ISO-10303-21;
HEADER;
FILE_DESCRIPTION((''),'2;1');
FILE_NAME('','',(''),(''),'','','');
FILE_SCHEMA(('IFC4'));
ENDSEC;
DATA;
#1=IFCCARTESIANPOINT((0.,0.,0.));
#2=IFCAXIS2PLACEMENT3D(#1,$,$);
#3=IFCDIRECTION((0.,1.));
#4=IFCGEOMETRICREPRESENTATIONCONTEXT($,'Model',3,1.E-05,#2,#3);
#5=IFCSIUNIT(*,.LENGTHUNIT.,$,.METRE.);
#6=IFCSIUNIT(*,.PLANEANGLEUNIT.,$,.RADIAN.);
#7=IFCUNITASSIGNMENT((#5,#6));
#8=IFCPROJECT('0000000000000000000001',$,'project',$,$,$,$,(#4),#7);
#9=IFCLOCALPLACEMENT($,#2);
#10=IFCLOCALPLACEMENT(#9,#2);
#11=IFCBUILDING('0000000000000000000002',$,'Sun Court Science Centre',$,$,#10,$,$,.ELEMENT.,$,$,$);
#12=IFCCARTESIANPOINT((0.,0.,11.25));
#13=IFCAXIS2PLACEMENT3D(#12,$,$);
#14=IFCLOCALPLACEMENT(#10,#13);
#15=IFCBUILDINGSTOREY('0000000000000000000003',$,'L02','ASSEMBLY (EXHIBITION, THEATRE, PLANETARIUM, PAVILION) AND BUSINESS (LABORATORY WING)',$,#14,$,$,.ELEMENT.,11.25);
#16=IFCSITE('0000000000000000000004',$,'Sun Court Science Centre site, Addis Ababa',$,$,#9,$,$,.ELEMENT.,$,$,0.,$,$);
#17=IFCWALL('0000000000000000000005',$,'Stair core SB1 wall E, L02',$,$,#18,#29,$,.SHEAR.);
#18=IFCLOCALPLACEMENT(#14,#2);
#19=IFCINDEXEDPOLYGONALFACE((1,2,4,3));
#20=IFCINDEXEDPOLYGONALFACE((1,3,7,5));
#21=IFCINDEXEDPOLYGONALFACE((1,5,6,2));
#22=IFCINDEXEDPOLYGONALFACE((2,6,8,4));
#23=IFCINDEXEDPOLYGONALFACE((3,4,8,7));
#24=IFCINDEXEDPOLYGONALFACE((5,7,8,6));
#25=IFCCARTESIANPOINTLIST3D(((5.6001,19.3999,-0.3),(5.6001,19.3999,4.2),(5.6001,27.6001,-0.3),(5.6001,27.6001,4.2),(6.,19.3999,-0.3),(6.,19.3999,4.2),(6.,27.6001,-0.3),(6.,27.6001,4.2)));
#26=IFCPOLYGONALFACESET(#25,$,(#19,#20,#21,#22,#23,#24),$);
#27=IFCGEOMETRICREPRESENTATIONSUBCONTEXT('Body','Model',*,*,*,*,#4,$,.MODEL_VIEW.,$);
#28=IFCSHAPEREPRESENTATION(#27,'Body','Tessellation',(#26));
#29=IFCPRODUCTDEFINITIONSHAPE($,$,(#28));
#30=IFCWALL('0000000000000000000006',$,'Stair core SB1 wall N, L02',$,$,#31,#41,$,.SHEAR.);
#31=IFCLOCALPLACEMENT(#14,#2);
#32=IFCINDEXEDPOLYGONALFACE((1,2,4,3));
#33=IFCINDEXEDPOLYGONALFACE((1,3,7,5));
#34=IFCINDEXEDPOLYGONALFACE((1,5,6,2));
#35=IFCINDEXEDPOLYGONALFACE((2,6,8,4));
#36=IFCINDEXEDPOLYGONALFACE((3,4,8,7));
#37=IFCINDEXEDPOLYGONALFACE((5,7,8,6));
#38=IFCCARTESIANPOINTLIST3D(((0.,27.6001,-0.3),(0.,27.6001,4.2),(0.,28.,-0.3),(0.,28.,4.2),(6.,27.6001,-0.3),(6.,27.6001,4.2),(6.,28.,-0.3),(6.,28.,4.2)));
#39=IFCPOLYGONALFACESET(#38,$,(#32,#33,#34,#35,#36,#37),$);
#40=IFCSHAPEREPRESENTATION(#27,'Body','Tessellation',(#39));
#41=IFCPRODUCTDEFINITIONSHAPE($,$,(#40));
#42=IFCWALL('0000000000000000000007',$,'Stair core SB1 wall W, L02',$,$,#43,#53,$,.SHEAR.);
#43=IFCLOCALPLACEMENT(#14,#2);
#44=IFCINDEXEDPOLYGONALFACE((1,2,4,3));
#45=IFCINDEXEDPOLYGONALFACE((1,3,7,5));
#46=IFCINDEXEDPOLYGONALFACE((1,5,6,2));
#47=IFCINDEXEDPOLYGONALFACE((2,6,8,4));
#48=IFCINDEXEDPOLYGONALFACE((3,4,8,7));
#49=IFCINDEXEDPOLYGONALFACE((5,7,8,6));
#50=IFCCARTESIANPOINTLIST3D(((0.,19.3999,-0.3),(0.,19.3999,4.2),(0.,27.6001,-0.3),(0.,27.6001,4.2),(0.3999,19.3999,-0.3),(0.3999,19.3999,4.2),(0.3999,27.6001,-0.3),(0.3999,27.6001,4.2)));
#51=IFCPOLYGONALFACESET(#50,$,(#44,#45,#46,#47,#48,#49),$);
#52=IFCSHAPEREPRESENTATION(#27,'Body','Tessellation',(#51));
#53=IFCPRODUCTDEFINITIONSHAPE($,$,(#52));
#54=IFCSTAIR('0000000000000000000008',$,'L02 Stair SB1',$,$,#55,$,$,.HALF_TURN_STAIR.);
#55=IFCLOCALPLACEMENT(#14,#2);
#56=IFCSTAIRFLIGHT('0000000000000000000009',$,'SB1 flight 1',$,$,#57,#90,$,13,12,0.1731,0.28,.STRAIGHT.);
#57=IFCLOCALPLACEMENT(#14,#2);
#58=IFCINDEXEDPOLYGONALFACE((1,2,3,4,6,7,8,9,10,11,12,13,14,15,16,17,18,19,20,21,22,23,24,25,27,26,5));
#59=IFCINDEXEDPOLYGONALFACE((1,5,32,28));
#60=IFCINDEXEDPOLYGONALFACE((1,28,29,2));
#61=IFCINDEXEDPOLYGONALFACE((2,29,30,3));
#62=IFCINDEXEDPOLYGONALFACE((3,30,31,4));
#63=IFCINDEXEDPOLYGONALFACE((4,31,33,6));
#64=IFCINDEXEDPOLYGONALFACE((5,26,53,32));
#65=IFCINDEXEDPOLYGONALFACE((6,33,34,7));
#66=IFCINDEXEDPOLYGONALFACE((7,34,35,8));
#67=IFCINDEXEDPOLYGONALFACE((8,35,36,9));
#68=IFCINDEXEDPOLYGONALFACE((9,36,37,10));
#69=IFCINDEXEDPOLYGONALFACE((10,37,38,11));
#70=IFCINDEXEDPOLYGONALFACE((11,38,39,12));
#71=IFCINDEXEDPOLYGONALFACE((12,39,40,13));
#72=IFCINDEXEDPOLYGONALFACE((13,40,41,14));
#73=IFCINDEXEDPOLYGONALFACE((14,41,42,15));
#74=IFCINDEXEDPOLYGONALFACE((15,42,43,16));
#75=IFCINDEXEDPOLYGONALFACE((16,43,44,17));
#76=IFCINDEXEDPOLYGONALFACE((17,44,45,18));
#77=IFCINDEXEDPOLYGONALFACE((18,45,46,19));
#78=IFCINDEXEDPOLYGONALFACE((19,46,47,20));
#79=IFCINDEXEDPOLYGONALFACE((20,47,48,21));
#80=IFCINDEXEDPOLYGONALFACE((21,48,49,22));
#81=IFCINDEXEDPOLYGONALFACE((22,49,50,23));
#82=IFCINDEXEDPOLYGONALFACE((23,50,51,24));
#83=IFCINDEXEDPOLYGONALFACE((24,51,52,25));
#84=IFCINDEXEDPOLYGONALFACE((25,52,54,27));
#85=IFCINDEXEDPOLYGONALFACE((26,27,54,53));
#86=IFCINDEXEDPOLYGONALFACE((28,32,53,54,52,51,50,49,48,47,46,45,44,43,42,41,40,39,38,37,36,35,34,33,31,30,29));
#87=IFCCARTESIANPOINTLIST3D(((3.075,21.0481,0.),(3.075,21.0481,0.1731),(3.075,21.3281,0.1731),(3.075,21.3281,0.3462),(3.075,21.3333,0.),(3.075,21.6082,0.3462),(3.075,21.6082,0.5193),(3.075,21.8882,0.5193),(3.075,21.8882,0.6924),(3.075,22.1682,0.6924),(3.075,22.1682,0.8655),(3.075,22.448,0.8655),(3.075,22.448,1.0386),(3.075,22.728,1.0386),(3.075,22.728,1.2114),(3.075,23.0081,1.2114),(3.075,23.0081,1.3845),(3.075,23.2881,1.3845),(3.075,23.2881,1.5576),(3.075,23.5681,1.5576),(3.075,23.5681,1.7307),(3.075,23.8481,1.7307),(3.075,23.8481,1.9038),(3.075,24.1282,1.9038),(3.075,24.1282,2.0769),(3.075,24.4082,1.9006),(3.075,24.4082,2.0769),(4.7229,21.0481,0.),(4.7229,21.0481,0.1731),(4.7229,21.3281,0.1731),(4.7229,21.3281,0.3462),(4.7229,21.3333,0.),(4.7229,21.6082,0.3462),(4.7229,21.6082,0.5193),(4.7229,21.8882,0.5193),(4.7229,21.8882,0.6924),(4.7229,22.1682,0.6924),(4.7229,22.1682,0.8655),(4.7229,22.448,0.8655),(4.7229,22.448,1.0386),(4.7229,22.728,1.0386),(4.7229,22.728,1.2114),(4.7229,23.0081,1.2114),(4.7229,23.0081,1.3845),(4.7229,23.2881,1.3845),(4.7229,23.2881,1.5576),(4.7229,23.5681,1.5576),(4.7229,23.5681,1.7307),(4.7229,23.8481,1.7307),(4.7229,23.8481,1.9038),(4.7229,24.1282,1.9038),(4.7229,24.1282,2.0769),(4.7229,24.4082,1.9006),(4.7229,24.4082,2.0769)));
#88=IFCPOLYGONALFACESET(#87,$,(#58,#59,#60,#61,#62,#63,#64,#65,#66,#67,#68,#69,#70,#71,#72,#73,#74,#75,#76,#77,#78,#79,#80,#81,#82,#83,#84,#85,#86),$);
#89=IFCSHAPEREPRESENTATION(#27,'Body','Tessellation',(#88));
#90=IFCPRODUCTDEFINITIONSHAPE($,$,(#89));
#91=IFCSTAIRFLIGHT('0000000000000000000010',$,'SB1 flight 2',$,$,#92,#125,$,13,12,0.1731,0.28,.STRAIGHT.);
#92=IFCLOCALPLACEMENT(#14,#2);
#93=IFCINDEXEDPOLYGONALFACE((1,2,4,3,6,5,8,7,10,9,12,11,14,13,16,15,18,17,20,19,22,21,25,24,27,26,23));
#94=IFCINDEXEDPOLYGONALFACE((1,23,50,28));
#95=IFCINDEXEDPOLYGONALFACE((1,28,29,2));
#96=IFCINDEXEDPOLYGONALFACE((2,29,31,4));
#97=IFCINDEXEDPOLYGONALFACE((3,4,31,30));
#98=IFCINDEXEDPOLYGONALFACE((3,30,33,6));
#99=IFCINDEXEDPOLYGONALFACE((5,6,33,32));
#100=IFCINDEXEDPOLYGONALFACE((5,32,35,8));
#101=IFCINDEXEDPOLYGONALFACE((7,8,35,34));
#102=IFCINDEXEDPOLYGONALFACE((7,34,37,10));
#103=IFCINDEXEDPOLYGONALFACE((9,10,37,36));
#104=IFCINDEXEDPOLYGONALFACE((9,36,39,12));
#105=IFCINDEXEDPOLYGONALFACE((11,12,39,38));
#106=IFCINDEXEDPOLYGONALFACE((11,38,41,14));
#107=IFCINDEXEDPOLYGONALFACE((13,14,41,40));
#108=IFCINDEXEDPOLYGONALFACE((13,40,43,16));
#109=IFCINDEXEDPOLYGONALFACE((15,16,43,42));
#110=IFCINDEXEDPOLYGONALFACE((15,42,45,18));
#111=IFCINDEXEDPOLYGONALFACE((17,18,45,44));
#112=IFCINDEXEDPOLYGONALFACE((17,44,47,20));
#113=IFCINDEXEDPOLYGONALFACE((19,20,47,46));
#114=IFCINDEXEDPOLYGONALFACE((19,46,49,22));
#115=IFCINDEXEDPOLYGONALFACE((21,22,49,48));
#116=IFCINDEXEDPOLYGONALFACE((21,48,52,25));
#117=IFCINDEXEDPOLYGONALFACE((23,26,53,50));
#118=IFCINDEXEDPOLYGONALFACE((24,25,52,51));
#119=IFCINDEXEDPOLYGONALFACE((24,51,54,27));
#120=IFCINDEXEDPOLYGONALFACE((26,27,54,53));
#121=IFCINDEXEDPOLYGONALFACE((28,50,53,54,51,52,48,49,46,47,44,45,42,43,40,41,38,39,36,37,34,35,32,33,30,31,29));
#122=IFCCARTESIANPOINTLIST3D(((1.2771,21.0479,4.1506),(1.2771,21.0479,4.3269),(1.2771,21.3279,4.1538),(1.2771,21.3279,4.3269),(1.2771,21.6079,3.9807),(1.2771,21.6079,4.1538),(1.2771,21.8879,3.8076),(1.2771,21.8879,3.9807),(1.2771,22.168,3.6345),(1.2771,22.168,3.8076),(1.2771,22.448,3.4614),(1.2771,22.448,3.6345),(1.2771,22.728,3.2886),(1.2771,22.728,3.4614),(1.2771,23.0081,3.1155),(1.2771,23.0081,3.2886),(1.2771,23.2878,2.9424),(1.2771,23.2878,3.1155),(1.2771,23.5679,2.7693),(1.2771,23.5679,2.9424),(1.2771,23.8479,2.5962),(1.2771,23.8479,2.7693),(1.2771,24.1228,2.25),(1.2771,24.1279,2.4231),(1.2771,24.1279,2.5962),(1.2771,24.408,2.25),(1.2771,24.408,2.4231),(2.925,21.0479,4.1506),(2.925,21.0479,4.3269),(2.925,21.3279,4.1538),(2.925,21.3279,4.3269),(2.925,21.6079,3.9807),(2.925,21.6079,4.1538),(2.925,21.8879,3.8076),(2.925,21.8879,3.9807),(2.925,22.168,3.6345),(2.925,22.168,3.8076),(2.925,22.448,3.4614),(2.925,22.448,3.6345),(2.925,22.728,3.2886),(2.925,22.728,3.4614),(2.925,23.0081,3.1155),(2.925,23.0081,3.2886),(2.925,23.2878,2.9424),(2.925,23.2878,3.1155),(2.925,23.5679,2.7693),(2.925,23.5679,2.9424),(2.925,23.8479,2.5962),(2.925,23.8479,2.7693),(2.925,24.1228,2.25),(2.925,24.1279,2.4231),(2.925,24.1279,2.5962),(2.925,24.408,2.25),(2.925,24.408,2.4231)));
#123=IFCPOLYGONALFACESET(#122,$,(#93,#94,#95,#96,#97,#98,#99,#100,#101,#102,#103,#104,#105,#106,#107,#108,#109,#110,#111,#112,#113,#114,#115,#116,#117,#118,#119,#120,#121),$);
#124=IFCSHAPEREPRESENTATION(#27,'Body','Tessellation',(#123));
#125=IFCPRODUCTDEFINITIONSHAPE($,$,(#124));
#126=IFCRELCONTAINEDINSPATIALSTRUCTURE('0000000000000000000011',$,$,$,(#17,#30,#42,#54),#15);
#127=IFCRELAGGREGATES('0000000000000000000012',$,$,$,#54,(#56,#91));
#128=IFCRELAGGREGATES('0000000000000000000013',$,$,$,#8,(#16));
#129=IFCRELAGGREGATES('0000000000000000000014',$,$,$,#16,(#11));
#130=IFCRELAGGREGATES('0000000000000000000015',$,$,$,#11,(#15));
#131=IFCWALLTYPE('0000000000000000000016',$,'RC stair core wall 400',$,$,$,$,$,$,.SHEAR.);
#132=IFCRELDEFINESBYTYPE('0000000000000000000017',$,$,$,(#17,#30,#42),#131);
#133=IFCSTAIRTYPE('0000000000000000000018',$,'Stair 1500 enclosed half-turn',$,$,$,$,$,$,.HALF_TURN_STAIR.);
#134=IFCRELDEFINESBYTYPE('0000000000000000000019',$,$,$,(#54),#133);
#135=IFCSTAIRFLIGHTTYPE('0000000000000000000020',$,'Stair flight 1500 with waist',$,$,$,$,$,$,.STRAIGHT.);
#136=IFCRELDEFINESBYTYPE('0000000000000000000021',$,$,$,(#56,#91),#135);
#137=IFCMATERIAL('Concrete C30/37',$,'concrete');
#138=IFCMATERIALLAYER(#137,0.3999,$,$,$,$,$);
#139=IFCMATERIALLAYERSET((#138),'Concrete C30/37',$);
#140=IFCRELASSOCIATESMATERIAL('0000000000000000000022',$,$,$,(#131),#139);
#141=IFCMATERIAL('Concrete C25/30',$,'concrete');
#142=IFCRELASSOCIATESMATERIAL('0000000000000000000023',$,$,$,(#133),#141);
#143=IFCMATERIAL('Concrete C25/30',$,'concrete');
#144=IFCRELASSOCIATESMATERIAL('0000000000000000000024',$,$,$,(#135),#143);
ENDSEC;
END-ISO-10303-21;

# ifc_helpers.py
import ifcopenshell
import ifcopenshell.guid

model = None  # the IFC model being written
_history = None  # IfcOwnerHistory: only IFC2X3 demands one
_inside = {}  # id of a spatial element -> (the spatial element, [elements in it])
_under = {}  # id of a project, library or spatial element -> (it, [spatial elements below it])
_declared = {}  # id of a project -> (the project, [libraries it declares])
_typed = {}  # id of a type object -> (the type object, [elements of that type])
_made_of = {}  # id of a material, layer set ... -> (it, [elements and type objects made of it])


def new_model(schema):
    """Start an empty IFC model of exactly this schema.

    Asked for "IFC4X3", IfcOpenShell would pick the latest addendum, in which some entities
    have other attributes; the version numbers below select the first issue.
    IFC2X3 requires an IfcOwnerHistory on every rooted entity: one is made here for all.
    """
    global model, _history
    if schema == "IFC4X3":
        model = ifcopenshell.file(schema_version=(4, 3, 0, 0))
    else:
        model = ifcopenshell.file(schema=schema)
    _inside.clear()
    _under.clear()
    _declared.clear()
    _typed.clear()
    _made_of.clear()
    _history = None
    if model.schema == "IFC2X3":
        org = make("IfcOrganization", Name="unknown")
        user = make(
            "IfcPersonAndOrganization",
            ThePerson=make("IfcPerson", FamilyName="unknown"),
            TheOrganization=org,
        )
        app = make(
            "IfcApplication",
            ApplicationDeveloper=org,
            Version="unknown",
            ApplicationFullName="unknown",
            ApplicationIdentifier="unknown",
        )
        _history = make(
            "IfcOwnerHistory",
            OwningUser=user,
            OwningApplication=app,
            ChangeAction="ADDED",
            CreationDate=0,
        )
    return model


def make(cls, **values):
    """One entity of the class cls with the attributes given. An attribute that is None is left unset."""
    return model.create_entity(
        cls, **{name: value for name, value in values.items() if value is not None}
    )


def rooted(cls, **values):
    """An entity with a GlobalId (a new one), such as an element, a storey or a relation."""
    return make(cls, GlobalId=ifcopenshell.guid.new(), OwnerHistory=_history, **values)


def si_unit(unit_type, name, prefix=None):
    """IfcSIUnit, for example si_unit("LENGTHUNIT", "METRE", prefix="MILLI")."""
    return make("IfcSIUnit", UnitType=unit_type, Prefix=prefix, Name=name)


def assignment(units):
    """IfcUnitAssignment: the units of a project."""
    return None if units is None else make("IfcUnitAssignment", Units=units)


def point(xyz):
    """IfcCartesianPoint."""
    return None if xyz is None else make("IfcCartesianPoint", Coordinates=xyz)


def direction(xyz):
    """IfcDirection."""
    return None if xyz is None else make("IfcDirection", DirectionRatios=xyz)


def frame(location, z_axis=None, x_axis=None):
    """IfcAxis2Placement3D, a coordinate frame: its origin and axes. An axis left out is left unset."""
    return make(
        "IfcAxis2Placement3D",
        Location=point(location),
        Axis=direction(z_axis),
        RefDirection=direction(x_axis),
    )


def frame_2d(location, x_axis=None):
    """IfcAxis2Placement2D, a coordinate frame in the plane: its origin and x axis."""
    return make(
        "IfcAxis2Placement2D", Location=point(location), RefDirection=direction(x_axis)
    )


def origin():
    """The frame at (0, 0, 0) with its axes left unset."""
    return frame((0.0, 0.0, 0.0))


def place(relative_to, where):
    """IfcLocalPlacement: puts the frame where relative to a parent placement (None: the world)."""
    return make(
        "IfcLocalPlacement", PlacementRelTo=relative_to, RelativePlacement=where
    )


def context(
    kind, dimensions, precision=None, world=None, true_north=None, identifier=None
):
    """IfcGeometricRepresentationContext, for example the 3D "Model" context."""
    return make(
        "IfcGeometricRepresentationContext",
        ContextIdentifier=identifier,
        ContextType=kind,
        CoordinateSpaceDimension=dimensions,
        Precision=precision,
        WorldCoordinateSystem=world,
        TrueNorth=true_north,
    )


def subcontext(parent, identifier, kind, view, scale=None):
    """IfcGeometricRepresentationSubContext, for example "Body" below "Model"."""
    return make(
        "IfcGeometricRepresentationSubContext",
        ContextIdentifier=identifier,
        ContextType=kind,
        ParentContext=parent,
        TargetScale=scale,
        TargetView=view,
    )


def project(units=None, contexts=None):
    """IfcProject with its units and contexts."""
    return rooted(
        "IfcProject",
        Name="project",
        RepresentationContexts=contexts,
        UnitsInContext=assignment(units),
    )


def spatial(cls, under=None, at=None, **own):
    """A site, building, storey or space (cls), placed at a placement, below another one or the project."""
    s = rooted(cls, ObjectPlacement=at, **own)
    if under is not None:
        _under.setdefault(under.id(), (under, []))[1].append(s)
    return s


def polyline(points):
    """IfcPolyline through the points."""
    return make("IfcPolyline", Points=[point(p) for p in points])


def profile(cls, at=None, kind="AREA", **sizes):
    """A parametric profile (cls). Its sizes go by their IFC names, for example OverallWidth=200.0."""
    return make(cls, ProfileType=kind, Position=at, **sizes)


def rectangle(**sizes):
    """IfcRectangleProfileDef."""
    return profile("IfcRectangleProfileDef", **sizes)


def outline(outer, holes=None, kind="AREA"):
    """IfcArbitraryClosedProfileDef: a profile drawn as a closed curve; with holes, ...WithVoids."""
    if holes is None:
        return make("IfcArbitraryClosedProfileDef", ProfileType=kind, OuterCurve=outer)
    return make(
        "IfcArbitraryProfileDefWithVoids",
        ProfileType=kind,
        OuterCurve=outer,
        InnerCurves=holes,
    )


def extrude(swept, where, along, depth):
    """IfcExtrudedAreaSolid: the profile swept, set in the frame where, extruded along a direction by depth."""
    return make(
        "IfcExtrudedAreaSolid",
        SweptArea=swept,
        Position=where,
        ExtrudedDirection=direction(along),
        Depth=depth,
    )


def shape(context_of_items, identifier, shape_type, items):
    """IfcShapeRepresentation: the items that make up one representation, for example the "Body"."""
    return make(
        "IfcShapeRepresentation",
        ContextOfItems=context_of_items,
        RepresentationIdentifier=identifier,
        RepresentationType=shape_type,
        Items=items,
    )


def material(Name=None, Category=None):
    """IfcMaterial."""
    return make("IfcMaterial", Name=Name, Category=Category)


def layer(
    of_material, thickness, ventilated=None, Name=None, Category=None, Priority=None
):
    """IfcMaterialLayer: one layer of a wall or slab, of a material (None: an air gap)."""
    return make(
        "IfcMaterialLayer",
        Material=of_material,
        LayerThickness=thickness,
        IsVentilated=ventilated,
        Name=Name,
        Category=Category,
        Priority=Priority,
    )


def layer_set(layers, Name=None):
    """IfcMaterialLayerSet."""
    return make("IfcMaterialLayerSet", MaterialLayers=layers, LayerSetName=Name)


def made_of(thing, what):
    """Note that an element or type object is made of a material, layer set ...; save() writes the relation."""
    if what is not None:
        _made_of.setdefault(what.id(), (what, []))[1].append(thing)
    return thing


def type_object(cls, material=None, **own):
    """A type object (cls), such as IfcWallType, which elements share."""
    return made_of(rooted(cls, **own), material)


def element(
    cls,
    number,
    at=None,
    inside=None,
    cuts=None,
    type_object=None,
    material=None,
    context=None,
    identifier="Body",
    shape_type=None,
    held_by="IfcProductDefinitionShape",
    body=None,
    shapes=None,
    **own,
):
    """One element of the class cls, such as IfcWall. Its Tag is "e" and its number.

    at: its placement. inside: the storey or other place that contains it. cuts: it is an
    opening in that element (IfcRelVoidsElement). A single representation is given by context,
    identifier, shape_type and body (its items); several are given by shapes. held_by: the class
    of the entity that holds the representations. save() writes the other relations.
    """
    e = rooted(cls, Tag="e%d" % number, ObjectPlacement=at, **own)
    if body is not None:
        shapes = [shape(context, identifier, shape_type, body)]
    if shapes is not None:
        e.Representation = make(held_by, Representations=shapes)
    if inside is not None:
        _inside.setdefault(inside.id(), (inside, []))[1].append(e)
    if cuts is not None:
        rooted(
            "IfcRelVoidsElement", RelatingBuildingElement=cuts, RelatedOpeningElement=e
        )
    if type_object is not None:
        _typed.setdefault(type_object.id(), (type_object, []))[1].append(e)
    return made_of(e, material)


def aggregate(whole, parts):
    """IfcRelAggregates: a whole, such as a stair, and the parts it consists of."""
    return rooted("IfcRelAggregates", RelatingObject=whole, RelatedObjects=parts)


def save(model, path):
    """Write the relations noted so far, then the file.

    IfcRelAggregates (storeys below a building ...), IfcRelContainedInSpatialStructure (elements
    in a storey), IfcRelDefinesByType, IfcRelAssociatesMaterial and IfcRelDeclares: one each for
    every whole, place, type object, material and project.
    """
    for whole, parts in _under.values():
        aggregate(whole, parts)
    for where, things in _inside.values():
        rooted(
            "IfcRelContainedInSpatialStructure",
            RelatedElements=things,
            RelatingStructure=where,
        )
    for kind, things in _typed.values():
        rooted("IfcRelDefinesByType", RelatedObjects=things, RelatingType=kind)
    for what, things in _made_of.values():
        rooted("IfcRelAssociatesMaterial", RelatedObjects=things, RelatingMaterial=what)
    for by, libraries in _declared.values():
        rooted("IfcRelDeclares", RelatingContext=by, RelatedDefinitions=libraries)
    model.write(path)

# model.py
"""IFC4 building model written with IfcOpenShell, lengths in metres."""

from ifc_helpers import new_model, si_unit, direction, frame, frame_2d, origin, place, context, subcontext, project, spatial, polyline, rectangle, outline, extrude, material, layer, layer_set, type_object, element, aggregate, save


model = new_model("IFC4")

# Units and contexts
model_context = context("Model", 3, precision=1e-05, world=origin(), true_north=direction((0.0, 1.0)))
body_context = subcontext(model_context, "Body", "Model", "MODEL_VIEW")
ifc_project = project(units=[si_unit("LENGTHUNIT", "METRE"), si_unit("PLANEANGLEUNIT", "RADIAN")], contexts=[model_context])

# Site, building, storey
site_placement = place(None, origin())
site = spatial("IfcSite", under=ifc_project, at=site_placement, Name="Sun Court Science Centre site, Addis Ababa", CompositionType="ELEMENT", RefElevation=0.0)
building_placement = place(site_placement, origin())
building = spatial("IfcBuilding", under=site, at=building_placement, Name="Sun Court Science Centre", CompositionType="ELEMENT")
storey_placement = place(building_placement, frame((0.0, 0.0, 11.25)))
storey = spatial("IfcBuildingStorey", under=building, at=storey_placement, Name="L02", Description="ASSEMBLY (EXHIBITION, THEATRE, PLANETARIUM, PAVILION) AND BUSINESS (LABORATORY WING)", CompositionType="ELEMENT", Elevation=11.25)

# Shared definitions
ifc_material_1 = material(Name="Concrete C30/37", Category="concrete")
ifc_layer_1 = layer(ifc_material_1, 0.3999)
ifc_layer_set_1 = layer_set([ifc_layer_1], Name="Concrete C30/37")
wall_type_1 = type_object("IfcWallType", Name="RC stair core wall 400", PredefinedType="SHEAR", material=ifc_layer_set_1)

# Walls
wall_1_placement = place(storey_placement, frame((5.8, 19.3999, -0.3), z_axis=(0.0, 0.0, 1.0), x_axis=(0.0, 1.0, 0.0)))
element("IfcWall", 1, at=wall_1_placement, inside=storey, type_object=wall_type_1, Name="Stair core SB1 wall E, L02", PredefinedType="SHEAR", context=body_context, shape_type="SweptSolid", body=[
    extrude(rectangle(XDim=8.2002, YDim=0.3999, at=frame_2d((4.1001, 0.0))), origin(), (0.0, 0.0, 1.0), 4.5),
])
wall_2_placement = place(storey_placement, frame((0.0, 27.8, -0.3), z_axis=(0.0, 0.0, 1.0), x_axis=(1.0, 0.0, 0.0)))
element("IfcWall", 2, at=wall_2_placement, inside=storey, type_object=wall_type_1, Name="Stair core SB1 wall N, L02", PredefinedType="SHEAR", context=body_context, shape_type="SweptSolid", body=[
    extrude(rectangle(XDim=6.0, YDim=0.3999, at=frame_2d((3.0, 0.0))), origin(), (0.0, 0.0, 1.0), 4.5),
])
wall_3_placement = place(storey_placement, frame((0.2, 19.3999, -0.3), z_axis=(0.0, 0.0, 1.0), x_axis=(0.0, 1.0, 0.0)))
element("IfcWall", 3, at=wall_3_placement, inside=storey, type_object=wall_type_1, Name="Stair core SB1 wall W, L02", PredefinedType="SHEAR", context=body_context, shape_type="SweptSolid", body=[
    extrude(rectangle(XDim=8.2002, YDim=0.3999, at=frame_2d((4.1001, 0.0))), origin(), (0.0, 0.0, 1.0), 4.5),
])

# Stair, stair flights
ifc_material_2 = material(Name="Concrete C25/30", Category="concrete")
stair_type = type_object("IfcStairType", Name="Stair 1500 enclosed half-turn", PredefinedType="HALF_TURN_STAIR", material=ifc_material_2)
stair_placement = place(storey_placement, origin())
stair = element("IfcStair", 4, at=stair_placement, inside=storey, type_object=stair_type, Name="L02 Stair SB1", PredefinedType="HALF_TURN_STAIR")
ifc_material_3 = material(Name="Concrete C25/30", Category="concrete")
stair_flight_type = type_object("IfcStairFlightType", Name="Stair flight 1500 with waist", PredefinedType="STRAIGHT", material=ifc_material_3)
stair_flight_1_placement = place(storey_placement, frame((3.8989, 21.0481, 0.0), z_axis=(0.0, 0.0, 1.0), x_axis=(0.0, 1.0, 0.0)))
stair_flight_1 = element("IfcStairFlight", 5, at=stair_flight_1_placement, type_object=stair_flight_type, Name="SB1 flight 1", NumberOfRisers=13, NumberOfTreads=12, PredefinedType="STRAIGHT", RiserHeight=0.1731, TreadLength=0.28, context=body_context, shape_type="SweptSolid", body=[
    extrude(outline(polyline([(0.0, 0.0), (0.0, 0.1731), (0.28, 0.1731), (0.28, 0.3462), (0.5601, 0.3462), (0.5601, 0.5193), (0.8401, 0.5193), (0.8401, 0.6924), (1.1201, 0.6924), (1.1201, 0.8655), (1.3999, 0.8655), (1.3999, 1.0386), (1.6799, 1.0386), (1.6799, 1.2114), (1.96, 1.2114), (1.96, 1.3845), (2.24, 1.3845), (2.24, 1.5576), (2.52, 1.5576), (2.52, 1.7307), (2.8, 1.7307), (2.8, 1.9038), (3.0801, 1.9038), (3.0801, 2.0769), (3.3601, 2.0769), (3.3601, 2.25), (3.3601, 1.9006), (0.2852, 0.0), (0.0, 0.0)])), frame((0.0, 0.824, 0.0), z_axis=(0.0, -1.0, 0.0), x_axis=(1.0, 0.0, 0.0)), (0.0, 0.0, 1.0), 1.6479),
])
stair_flight_2_placement = place(storey_placement, frame((2.1011, 24.408, 2.25), z_axis=(0.0, 0.0, 1.0), x_axis=(0.0, -1.0, 0.0)))
stair_flight_2 = element("IfcStairFlight", 6, at=stair_flight_2_placement, type_object=stair_flight_type, Name="SB1 flight 2", NumberOfRisers=13, NumberOfTreads=12, PredefinedType="STRAIGHT", RiserHeight=0.1731, TreadLength=0.28, context=body_context, shape_type="SweptSolid", body=[
    extrude(outline(polyline([(0.0, 0.0), (0.0, 0.1731), (0.28, 0.1731), (0.28, 0.3462), (0.5601, 0.3462), (0.5601, 0.5193), (0.8401, 0.5193), (0.8401, 0.6924), (1.1201, 0.6924), (1.1201, 0.8655), (1.3999, 0.8655), (1.3999, 1.0386), (1.6799, 1.0386), (1.6799, 1.2114), (1.96, 1.2114), (1.96, 1.3845), (2.24, 1.3845), (2.24, 1.5576), (2.52, 1.5576), (2.52, 1.7307), (2.8, 1.7307), (2.8, 1.9038), (3.0801, 1.9038), (3.0801, 2.0769), (3.3601, 2.0769), (3.3601, 2.25), (3.3601, 1.9006), (0.2852, 0.0), (0.0, 0.0)])), frame((0.0, 0.824, 0.0), z_axis=(0.0, -1.0, 0.0), x_axis=(1.0, 0.0, 0.0)), (0.0, 0.0, 1.0), 1.6479),
])
aggregate(stair, [stair_flight_1, stair_flight_2])

save(model, "model.ifc")
